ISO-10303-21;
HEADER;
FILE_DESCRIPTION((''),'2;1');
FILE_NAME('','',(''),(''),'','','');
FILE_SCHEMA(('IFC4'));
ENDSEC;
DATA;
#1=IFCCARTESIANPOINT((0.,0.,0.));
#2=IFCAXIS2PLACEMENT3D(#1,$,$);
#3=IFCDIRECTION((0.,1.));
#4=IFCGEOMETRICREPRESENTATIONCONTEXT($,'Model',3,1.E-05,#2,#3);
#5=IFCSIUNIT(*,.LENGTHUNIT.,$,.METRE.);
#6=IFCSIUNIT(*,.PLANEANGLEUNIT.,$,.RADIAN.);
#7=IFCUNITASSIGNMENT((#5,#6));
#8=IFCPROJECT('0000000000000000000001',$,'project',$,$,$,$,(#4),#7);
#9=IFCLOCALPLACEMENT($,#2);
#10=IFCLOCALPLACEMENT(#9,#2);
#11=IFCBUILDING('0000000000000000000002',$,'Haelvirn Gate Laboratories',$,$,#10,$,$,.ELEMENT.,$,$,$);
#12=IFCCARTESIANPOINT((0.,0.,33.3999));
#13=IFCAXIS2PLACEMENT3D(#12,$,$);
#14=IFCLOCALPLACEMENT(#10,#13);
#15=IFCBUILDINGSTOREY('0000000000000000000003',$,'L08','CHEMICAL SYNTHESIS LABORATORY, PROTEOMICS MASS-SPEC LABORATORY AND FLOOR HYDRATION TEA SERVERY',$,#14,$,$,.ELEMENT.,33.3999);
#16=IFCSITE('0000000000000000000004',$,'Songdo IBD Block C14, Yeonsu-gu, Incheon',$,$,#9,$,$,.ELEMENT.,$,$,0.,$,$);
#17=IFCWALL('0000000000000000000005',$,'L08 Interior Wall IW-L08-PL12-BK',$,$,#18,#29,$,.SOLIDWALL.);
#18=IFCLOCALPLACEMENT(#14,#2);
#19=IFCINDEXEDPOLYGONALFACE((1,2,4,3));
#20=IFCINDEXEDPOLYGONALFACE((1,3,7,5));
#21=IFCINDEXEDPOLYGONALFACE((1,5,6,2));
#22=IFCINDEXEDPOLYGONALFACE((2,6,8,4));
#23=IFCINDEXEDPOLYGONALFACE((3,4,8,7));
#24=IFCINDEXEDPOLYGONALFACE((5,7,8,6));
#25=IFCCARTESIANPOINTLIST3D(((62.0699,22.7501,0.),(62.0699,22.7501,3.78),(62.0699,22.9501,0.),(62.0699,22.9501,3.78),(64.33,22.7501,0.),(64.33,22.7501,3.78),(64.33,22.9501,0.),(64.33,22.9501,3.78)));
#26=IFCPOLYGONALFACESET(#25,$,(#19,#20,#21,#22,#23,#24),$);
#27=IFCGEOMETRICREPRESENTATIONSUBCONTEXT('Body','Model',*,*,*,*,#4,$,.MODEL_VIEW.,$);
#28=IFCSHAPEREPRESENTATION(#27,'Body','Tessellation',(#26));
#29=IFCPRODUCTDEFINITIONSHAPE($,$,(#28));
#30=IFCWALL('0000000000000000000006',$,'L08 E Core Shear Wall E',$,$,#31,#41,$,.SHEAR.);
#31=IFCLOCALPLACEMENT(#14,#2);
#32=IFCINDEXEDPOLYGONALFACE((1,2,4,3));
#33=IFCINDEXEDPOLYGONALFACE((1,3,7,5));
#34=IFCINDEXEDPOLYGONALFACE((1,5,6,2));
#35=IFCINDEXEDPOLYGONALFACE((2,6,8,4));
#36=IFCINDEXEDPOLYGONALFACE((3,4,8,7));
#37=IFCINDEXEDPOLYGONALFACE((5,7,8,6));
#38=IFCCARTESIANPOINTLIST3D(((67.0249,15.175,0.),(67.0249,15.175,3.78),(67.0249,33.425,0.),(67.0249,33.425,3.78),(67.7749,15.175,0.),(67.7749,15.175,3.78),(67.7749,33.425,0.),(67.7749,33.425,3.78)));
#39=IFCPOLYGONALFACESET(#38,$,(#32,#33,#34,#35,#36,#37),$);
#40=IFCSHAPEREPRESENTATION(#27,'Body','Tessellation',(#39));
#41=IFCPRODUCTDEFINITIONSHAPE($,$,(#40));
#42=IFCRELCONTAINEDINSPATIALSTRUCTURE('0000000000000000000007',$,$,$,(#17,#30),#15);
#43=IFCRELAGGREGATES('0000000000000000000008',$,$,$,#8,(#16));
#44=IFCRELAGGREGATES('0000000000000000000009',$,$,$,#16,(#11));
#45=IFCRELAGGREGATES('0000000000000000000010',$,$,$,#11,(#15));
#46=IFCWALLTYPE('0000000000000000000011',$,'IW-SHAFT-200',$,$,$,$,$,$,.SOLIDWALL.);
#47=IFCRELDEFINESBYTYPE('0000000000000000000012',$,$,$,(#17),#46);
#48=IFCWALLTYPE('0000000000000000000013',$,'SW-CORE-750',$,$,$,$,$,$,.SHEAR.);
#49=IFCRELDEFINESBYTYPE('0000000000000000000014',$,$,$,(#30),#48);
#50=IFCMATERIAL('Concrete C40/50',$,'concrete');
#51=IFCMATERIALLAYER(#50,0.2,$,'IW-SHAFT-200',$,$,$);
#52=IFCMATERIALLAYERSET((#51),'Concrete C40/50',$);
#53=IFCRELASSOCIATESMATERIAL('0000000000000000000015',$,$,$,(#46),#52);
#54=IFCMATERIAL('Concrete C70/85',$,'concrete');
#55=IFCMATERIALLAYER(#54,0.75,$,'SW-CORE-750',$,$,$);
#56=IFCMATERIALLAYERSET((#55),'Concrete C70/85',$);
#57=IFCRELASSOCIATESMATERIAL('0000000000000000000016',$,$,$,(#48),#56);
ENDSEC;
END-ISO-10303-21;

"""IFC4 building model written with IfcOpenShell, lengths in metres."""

from ifc_helpers import new_model, si_unit, direction, frame, frame_2d, origin, place, context, subcontext, project, spatial, rectangle, extrude, material, layer, layer_set, type_object, element, save


model = new_model("IFC4")

# Units and contexts
model_context = context("Model", 3, precision=1e-05, world=origin(), true_north=direction((0.0, 1.0)))
body_context = subcontext(model_context, "Body", "Model", "MODEL_VIEW")
ifc_project = project(units=[si_unit("LENGTHUNIT", "METRE"), si_unit("PLANEANGLEUNIT", "RADIAN")], contexts=[model_context])

# Site, building, storey
site_placement = place(None, origin())
site = spatial("IfcSite", under=ifc_project, at=site_placement, Name="Songdo IBD Block C14, Yeonsu-gu, Incheon", CompositionType="ELEMENT", RefElevation=0.0)
building_placement = place(site_placement, origin())
building = spatial("IfcBuilding", under=site, at=building_placement, Name="Haelvirn Gate Laboratories", CompositionType="ELEMENT")
storey_placement = place(building_placement, frame((0.0, 0.0, 33.3999)))
storey = spatial("IfcBuildingStorey", under=building, at=storey_placement, Name="L08", Description="CHEMICAL SYNTHESIS LABORATORY, PROTEOMICS MASS-SPEC LABORATORY AND FLOOR HYDRATION TEA SERVERY", CompositionType="ELEMENT", Elevation=33.3999)

# Shared definitions
ifc_material_1 = material(Name="Concrete C70/85", Category="concrete")

# Shared definitions
ifc_material_2 = material(Name="Concrete C40/50", Category="concrete")

# Shared definitions
ifc_layer_1 = layer(ifc_material_2, 0.2, Name="IW-SHAFT-200")
ifc_layer_set_1 = layer_set([ifc_layer_1], Name="Concrete C40/50")
wall_type_1 = type_object("IfcWallType", Name="IW-SHAFT-200", PredefinedType="SOLIDWALL", material=ifc_layer_set_1)

# Walls
for number, where, z_axis, x_axis, name in (
    (1, (62.0701, 22.8501, 0.0), (0.0, 0.0, 1.0), (1.0, 0.0, 0.0), "L08 Interior Wall IW-L08-PL12-BK"),
):
    element("IfcWall", number, at=place(storey_placement, frame(where, z_axis=z_axis, x_axis=x_axis)), inside=storey, type_object=wall_type_1, Name=name, PredefinedType="SOLIDWALL", context=body_context, shape_type="SweptSolid", body=[
        extrude(rectangle(XDim=2.26, YDim=0.2, at=frame_2d((1.1299, 0.0))), origin(), (0.0, 0.0, 1.0), 3.78),
    ])
ifc_layer_2 = layer(ifc_material_1, 0.75, Name="SW-CORE-750")
ifc_layer_set_2 = layer_set([ifc_layer_2], Name="Concrete C70/85")
wall_type_2 = type_object("IfcWallType", Name="SW-CORE-750", PredefinedType="SHEAR", material=ifc_layer_set_2)
wall_1_placement = place(storey_placement, frame((67.3999, 15.175, 0.0), z_axis=(0.0, 0.0, 1.0), x_axis=(0.0, 1.0, 0.0)))
element("IfcWall", 2, at=wall_1_placement, inside=storey, type_object=wall_type_2, Name="L08 E Core Shear Wall E", PredefinedType="SHEAR", context=body_context, shape_type="SweptSolid", body=[
    extrude(rectangle(XDim=18.25, YDim=0.75, at=frame_2d((9.125, 0.0))), origin(), (0.0, 0.0, 1.0), 3.78),
])

save(model, "model.ifc")
